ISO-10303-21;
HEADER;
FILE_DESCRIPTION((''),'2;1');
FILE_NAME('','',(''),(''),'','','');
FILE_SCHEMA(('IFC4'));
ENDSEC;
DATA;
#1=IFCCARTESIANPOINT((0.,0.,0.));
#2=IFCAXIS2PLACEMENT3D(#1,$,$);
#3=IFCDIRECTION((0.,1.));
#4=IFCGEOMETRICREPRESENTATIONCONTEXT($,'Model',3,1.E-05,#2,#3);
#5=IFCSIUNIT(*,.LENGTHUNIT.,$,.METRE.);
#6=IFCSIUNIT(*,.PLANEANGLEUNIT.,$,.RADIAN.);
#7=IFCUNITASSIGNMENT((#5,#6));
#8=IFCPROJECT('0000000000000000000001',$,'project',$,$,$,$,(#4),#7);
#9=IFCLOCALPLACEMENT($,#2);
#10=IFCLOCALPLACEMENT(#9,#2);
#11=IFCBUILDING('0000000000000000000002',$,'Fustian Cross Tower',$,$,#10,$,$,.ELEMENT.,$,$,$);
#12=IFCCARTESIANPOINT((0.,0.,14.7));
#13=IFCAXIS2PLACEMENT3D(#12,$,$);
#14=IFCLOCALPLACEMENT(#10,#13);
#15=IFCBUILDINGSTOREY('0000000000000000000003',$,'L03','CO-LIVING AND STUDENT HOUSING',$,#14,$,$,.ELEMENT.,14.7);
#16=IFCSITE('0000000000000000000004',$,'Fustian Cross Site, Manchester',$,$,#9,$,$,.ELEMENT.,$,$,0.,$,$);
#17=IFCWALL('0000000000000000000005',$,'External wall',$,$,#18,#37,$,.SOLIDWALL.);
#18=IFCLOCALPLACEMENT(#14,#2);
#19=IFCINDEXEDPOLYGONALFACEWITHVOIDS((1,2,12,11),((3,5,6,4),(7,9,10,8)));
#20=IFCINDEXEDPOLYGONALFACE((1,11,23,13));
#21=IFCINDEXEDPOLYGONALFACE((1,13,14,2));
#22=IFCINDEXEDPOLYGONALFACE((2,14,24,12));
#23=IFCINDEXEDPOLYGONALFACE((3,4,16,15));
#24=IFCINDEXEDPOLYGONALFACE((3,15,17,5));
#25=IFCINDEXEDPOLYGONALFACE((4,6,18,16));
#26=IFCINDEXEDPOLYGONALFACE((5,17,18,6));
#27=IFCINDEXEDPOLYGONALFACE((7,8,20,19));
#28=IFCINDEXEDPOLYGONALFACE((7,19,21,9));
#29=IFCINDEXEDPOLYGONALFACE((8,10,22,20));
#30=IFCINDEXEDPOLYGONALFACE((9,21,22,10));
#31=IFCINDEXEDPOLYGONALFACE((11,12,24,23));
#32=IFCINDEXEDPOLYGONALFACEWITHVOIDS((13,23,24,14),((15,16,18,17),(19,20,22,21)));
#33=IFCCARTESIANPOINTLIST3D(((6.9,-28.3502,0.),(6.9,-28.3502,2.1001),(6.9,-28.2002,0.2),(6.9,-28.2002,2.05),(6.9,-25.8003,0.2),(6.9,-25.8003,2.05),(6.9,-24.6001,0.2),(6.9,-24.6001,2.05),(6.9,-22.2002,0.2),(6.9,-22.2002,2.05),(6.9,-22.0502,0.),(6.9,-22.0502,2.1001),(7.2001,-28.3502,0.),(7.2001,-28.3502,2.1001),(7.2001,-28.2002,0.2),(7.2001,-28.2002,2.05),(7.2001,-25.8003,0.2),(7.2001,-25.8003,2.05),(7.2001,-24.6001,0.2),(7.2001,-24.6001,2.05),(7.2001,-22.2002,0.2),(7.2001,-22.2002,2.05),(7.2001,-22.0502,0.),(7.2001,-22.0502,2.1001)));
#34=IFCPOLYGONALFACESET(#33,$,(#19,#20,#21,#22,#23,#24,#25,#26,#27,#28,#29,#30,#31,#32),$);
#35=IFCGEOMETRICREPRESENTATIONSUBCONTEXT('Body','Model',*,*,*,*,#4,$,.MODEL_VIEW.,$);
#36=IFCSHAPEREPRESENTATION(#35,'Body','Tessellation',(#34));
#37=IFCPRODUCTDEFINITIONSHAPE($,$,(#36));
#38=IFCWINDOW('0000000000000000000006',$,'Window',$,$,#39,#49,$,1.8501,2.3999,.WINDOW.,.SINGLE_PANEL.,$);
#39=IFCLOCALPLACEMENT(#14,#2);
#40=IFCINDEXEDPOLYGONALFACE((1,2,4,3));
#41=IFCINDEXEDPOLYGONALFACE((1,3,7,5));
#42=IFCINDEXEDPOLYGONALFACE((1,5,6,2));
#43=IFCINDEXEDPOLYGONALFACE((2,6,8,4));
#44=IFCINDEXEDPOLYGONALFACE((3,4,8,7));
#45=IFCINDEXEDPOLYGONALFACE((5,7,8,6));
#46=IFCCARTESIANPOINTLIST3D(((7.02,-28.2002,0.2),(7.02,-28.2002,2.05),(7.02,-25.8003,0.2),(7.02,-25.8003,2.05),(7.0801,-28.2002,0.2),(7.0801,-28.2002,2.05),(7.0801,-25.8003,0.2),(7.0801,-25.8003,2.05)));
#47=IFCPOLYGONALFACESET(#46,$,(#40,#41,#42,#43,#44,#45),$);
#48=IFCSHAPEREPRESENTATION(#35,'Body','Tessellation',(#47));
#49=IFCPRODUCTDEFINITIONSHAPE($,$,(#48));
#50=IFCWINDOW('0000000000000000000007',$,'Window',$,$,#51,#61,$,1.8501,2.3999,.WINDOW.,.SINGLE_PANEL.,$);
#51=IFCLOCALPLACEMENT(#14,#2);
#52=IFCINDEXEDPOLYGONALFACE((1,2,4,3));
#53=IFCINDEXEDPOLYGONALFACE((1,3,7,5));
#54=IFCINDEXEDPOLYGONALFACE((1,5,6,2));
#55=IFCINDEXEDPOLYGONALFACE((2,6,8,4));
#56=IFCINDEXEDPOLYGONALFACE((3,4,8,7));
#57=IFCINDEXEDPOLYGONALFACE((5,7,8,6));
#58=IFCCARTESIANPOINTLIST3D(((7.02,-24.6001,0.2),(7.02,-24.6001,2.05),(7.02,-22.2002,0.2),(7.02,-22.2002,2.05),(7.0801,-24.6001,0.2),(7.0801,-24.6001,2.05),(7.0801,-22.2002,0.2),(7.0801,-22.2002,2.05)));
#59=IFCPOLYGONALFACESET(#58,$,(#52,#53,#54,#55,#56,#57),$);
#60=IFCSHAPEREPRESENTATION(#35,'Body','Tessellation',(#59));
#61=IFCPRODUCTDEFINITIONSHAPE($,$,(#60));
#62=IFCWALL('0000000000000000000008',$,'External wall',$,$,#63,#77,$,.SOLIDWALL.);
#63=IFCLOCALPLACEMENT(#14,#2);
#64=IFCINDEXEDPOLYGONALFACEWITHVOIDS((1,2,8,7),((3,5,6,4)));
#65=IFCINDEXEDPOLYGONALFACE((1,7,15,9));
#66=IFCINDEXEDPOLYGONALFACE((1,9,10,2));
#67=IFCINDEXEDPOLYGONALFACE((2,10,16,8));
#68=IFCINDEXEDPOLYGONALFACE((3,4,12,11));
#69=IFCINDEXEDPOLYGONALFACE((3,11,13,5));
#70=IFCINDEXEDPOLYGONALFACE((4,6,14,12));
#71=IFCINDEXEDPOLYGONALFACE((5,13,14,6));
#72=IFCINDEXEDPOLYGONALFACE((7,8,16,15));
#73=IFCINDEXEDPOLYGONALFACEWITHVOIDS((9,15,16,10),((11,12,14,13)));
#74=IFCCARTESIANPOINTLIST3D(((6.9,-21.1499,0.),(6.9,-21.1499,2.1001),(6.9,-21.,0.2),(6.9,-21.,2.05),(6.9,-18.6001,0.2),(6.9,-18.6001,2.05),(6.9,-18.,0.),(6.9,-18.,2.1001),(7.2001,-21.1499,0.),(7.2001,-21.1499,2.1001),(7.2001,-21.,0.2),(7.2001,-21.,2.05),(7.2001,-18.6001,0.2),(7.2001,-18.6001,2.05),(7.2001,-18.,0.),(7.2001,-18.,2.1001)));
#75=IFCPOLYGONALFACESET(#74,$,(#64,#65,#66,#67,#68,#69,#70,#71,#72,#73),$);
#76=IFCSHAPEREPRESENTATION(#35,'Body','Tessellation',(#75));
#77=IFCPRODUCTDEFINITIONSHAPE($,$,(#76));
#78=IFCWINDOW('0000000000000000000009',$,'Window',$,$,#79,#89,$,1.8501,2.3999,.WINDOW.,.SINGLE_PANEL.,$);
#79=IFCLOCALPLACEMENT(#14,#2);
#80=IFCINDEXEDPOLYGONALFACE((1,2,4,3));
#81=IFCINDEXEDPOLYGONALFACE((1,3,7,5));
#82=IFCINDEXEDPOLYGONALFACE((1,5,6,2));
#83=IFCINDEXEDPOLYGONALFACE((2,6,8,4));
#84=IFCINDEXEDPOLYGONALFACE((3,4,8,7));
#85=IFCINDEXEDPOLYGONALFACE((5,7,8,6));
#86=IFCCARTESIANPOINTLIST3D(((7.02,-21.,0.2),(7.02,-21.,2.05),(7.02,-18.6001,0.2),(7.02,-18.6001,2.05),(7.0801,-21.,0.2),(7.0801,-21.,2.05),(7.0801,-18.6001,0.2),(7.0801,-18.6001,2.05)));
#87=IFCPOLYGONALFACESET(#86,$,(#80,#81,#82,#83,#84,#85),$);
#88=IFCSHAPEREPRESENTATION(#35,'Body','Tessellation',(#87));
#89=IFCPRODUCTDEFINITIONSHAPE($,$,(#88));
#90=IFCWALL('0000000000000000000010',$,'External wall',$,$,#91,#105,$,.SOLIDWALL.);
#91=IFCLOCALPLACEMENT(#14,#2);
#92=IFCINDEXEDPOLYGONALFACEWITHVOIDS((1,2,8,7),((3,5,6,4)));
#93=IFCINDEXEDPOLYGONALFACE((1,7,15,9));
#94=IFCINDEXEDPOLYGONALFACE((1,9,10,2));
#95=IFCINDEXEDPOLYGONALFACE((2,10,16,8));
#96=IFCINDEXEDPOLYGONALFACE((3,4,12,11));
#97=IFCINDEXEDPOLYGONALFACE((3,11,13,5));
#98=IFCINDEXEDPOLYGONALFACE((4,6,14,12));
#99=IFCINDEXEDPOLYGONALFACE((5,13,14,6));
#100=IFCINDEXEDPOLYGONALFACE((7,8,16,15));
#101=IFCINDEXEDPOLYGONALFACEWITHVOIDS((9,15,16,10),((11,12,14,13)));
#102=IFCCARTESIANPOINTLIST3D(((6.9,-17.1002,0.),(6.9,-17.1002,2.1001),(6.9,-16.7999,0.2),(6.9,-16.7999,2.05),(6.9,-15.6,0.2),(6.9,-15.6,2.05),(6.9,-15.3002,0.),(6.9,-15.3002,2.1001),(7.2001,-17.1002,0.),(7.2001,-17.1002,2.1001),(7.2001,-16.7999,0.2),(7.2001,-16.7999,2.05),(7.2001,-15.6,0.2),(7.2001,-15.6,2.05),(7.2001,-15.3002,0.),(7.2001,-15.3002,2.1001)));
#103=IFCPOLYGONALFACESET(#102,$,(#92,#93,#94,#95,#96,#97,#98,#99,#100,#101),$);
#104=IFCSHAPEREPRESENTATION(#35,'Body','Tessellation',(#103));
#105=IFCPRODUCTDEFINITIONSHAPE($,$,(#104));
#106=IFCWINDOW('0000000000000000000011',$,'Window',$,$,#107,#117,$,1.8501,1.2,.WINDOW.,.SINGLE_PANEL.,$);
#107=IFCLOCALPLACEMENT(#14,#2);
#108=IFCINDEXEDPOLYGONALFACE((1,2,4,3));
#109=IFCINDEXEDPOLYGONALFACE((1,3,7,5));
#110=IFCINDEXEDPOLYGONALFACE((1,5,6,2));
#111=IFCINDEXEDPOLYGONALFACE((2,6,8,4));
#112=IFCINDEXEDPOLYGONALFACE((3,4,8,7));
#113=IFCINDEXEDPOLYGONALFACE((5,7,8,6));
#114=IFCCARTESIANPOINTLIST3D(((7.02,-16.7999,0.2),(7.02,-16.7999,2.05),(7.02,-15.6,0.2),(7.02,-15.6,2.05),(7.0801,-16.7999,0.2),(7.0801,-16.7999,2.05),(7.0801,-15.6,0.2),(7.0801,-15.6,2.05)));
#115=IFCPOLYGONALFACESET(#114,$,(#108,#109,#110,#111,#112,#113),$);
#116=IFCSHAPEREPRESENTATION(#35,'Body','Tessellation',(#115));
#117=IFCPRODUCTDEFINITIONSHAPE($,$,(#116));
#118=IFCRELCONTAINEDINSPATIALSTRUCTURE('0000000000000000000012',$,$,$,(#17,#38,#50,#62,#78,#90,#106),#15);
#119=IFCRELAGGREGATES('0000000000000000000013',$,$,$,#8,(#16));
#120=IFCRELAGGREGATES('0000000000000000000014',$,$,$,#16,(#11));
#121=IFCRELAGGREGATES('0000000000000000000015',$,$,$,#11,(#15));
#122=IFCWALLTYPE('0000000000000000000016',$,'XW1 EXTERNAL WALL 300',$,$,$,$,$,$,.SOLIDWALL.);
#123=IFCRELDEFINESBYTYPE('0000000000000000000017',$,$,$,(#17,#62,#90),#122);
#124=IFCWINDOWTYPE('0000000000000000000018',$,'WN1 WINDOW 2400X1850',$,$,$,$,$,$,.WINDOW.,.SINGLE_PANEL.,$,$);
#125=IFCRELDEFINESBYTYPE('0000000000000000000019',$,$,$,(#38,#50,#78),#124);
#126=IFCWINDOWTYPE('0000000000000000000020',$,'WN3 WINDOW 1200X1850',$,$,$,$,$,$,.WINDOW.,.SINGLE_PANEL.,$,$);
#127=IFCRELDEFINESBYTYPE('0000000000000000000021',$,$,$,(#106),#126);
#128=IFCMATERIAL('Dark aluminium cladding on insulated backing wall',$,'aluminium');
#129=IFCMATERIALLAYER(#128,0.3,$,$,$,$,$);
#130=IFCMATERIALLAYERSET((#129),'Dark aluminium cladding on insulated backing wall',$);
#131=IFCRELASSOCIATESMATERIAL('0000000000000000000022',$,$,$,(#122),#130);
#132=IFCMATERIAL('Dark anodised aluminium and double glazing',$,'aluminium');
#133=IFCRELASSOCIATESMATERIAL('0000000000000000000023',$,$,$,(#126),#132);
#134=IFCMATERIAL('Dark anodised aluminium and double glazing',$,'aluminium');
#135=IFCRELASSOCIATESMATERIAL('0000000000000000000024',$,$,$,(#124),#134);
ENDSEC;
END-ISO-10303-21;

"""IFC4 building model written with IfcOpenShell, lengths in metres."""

from ifc_helpers import new_model, si_unit, direction, frame, frame_2d, origin, place, context, subcontext, project, spatial, rectangle, extrude, material, layer, layer_set, type_object, element, fill, save


model = new_model("IFC4")

# Units and contexts
model_context = context("Model", 3, precision=1e-05, world=origin(), true_north=direction((0.0, 1.0)))
body_context = subcontext(model_context, "Body", "Model", "MODEL_VIEW")
ifc_project = project(units=[si_unit("LENGTHUNIT", "METRE"), si_unit("PLANEANGLEUNIT", "RADIAN")], contexts=[model_context])

# Site, building, storey
site_placement = place(None, origin())
site = spatial("IfcSite", under=ifc_project, at=site_placement, Name="Fustian Cross Site, Manchester", CompositionType="ELEMENT", RefElevation=0.0)
building_placement = place(site_placement, origin())
building = spatial("IfcBuilding", under=site, at=building_placement, Name="Fustian Cross Tower", CompositionType="ELEMENT")
storey_placement = place(building_placement, frame((0.0, 0.0, 14.7)))
storey = spatial("IfcBuildingStorey", under=building, at=storey_placement, Name="L03", Description="CO-LIVING AND STUDENT HOUSING", CompositionType="ELEMENT", Elevation=14.7)

# Shared definitions
ifc_material_1 = material(Name="Dark aluminium cladding on insulated backing wall", Category="aluminium")
ifc_layer_1 = layer(ifc_material_1, 0.3)
ifc_layer_set_1 = layer_set([ifc_layer_1], Name="Dark aluminium cladding on insulated backing wall")
wall_type_1 = type_object("IfcWallType", Name="XW1 EXTERNAL WALL 300", PredefinedType="SOLIDWALL", material=ifc_layer_set_1)
ifc_material_2 = material(Name="Dark anodised aluminium and double glazing", Category="aluminium")
window_type_1 = type_object("IfcWindowType", Name="WN3 WINDOW 1200X1850", PartitioningType="SINGLE_PANEL", PredefinedType="WINDOW", material=ifc_material_2)
ifc_material_3 = material(Name="Dark anodised aluminium and double glazing", Category="aluminium")
window_type_2 = type_object("IfcWindowType", Name="WN1 WINDOW 2400X1850", PartitioningType="SINGLE_PANEL", PredefinedType="WINDOW", material=ifc_material_3)

# Wall, openings, windows
wall_1_placement = place(storey_placement, frame((7.05, -28.3501, 0.0), z_axis=(0.0, 0.0, 1.0), x_axis=(0.0, 1.0, 0.0)))
wall_1 = element("IfcWall", 1, at=wall_1_placement, inside=storey, type_object=wall_type_1, Name="External wall", PredefinedType="SOLIDWALL", context=body_context, shape_type="SweptSolid", body=[
    extrude(rectangle(XDim=6.3, YDim=0.3, at=frame_2d((3.1499, 0.0))), origin(), (0.0, 0.0, 1.0), 2.1001),
])
opening_1_placement = place(wall_1_placement, frame((0.1499, 0.0, 0.2)))
opening_1 = element("IfcOpeningElement", 2, at=opening_1_placement, cuts=wall_1, PredefinedType="OPENING", context=body_context, shape_type="SweptSolid", body=[
    extrude(rectangle(XDim=2.3999, YDim=1.8501, at=frame_2d((1.2, 0.925))), frame((0.0, 0.1599, 0.0), z_axis=(0.0, -1.0, 0.0), x_axis=(1.0, 0.0, 0.0)), (0.0, 0.0, 1.0), 0.3201),
])
opening_2_placement = place(wall_1_placement, frame((3.75, 0.0, 0.2)))
opening_2 = element("IfcOpeningElement", 3, at=opening_2_placement, cuts=wall_1, PredefinedType="OPENING", context=body_context, shape_type="SweptSolid", body=[
    extrude(rectangle(XDim=2.3999, YDim=1.8501, at=frame_2d((1.2, 0.925))), frame((0.0, 0.1599, 0.0), z_axis=(0.0, -1.0, 0.0), x_axis=(1.0, 0.0, 0.0)), (0.0, 0.0, 1.0), 0.3201),
])
window_1_placement = place(opening_1_placement, origin())
window_1 = element("IfcWindow", 4, at=window_1_placement, inside=storey, type_object=window_type_2, Name="Window", OverallHeight=1.8501, OverallWidth=2.3999, PartitioningType="SINGLE_PANEL", PredefinedType="WINDOW", context=body_context, shape_type="SweptSolid", body=[
    extrude(rectangle(XDim=2.3999, YDim=1.8501, at=frame_2d((1.2, 0.925))), frame((0.0, 0.03, 0.0), z_axis=(0.0, -1.0, 0.0), x_axis=(1.0, 0.0, 0.0)), (0.0, 0.0, 1.0), 0.0601),
])
fill(opening_1, window_1)
window_2_placement = place(opening_2_placement, origin())
window_2 = element("IfcWindow", 5, at=window_2_placement, inside=storey, type_object=window_type_2, Name="Window", OverallHeight=1.8501, OverallWidth=2.3999, PartitioningType="SINGLE_PANEL", PredefinedType="WINDOW", context=body_context, shape_type="SweptSolid", body=[
    extrude(rectangle(XDim=2.3999, YDim=1.8501, at=frame_2d((1.2, 0.925))), frame((0.0, 0.03, 0.0), z_axis=(0.0, -1.0, 0.0), x_axis=(1.0, 0.0, 0.0)), (0.0, 0.0, 1.0), 0.0601),
])
fill(opening_2, window_2)

# Walls, openings, windows
wall_2_placement = place(storey_placement, frame((7.05, -21.1499, 0.0), z_axis=(0.0, 0.0, 1.0), x_axis=(0.0, 1.0, 0.0)))
wall_2 = element("IfcWall", 6, at=wall_2_placement, inside=storey, type_object=wall_type_1, Name="External wall", PredefinedType="SOLIDWALL", context=body_context, shape_type="SweptSolid", body=[
    extrude(rectangle(XDim=3.1499, YDim=0.3, at=frame_2d((1.575, 0.0))), origin(), (0.0, 0.0, 1.0), 2.1001),
])
opening_3_placement = place(wall_2_placement, frame((0.1499, 0.0, 0.2)))
opening_3 = element("IfcOpeningElement", 7, at=opening_3_placement, cuts=wall_2, PredefinedType="OPENING", context=body_context, shape_type="SweptSolid", body=[
    extrude(rectangle(XDim=2.3999, YDim=1.8501, at=frame_2d((1.2, 0.925))), frame((0.0, 0.1599, 0.0), z_axis=(0.0, -1.0, 0.0), x_axis=(1.0, 0.0, 0.0)), (0.0, 0.0, 1.0), 0.3201),
])
window_3_placement = place(opening_3_placement, origin())
window_3 = element("IfcWindow", 8, at=window_3_placement, inside=storey, type_object=window_type_2, Name="Window", OverallHeight=1.8501, OverallWidth=2.3999, PartitioningType="SINGLE_PANEL", PredefinedType="WINDOW", context=body_context, shape_type="SweptSolid", body=[
    extrude(rectangle(XDim=2.3999, YDim=1.8501, at=frame_2d((1.2, 0.925))), frame((0.0, 0.03, 0.0), z_axis=(0.0, -1.0, 0.0), x_axis=(1.0, 0.0, 0.0)), (0.0, 0.0, 1.0), 0.0601),
])
fill(opening_3, window_3)
wall_3_placement = place(storey_placement, frame((7.05, -17.1001, 0.0), z_axis=(0.0, 0.0, 1.0), x_axis=(0.0, 1.0, 0.0)))
wall_3 = element("IfcWall", 9, at=wall_3_placement, inside=storey, type_object=wall_type_1, Name="External wall", PredefinedType="SOLIDWALL", context=body_context, shape_type="SweptSolid", body=[
    extrude(rectangle(XDim=1.8, YDim=0.3, at=frame_2d((0.8999, 0.0))), origin(), (0.0, 0.0, 1.0), 2.1001),
])
opening_4_placement = place(wall_3_placement, frame((0.3, 0.0, 0.2)))
opening_4 = element("IfcOpeningElement", 10, at=opening_4_placement, cuts=wall_3, PredefinedType="OPENING", context=body_context, shape_type="SweptSolid", body=[
    extrude(rectangle(XDim=1.2, YDim=1.8501, at=frame_2d((0.6001, 0.925))), frame((0.0, 0.1599, 0.0), z_axis=(0.0, -1.0, 0.0), x_axis=(1.0, 0.0, 0.0)), (0.0, 0.0, 1.0), 0.3201),
])
window_4_placement = place(opening_4_placement, origin())
window_4 = element("IfcWindow", 11, at=window_4_placement, inside=storey, type_object=window_type_1, Name="Window", OverallHeight=1.8501, OverallWidth=1.2, PartitioningType="SINGLE_PANEL", PredefinedType="WINDOW", context=body_context, shape_type="SweptSolid", body=[
    extrude(rectangle(XDim=1.2, YDim=1.8501, at=frame_2d((0.6001, 0.925))), frame((0.0, 0.03, 0.0), z_axis=(0.0, -1.0, 0.0), x_axis=(1.0, 0.0, 0.0)), (0.0, 0.0, 1.0), 0.0601),
])
fill(opening_4, window_4)

save(model, "model.ifc")
